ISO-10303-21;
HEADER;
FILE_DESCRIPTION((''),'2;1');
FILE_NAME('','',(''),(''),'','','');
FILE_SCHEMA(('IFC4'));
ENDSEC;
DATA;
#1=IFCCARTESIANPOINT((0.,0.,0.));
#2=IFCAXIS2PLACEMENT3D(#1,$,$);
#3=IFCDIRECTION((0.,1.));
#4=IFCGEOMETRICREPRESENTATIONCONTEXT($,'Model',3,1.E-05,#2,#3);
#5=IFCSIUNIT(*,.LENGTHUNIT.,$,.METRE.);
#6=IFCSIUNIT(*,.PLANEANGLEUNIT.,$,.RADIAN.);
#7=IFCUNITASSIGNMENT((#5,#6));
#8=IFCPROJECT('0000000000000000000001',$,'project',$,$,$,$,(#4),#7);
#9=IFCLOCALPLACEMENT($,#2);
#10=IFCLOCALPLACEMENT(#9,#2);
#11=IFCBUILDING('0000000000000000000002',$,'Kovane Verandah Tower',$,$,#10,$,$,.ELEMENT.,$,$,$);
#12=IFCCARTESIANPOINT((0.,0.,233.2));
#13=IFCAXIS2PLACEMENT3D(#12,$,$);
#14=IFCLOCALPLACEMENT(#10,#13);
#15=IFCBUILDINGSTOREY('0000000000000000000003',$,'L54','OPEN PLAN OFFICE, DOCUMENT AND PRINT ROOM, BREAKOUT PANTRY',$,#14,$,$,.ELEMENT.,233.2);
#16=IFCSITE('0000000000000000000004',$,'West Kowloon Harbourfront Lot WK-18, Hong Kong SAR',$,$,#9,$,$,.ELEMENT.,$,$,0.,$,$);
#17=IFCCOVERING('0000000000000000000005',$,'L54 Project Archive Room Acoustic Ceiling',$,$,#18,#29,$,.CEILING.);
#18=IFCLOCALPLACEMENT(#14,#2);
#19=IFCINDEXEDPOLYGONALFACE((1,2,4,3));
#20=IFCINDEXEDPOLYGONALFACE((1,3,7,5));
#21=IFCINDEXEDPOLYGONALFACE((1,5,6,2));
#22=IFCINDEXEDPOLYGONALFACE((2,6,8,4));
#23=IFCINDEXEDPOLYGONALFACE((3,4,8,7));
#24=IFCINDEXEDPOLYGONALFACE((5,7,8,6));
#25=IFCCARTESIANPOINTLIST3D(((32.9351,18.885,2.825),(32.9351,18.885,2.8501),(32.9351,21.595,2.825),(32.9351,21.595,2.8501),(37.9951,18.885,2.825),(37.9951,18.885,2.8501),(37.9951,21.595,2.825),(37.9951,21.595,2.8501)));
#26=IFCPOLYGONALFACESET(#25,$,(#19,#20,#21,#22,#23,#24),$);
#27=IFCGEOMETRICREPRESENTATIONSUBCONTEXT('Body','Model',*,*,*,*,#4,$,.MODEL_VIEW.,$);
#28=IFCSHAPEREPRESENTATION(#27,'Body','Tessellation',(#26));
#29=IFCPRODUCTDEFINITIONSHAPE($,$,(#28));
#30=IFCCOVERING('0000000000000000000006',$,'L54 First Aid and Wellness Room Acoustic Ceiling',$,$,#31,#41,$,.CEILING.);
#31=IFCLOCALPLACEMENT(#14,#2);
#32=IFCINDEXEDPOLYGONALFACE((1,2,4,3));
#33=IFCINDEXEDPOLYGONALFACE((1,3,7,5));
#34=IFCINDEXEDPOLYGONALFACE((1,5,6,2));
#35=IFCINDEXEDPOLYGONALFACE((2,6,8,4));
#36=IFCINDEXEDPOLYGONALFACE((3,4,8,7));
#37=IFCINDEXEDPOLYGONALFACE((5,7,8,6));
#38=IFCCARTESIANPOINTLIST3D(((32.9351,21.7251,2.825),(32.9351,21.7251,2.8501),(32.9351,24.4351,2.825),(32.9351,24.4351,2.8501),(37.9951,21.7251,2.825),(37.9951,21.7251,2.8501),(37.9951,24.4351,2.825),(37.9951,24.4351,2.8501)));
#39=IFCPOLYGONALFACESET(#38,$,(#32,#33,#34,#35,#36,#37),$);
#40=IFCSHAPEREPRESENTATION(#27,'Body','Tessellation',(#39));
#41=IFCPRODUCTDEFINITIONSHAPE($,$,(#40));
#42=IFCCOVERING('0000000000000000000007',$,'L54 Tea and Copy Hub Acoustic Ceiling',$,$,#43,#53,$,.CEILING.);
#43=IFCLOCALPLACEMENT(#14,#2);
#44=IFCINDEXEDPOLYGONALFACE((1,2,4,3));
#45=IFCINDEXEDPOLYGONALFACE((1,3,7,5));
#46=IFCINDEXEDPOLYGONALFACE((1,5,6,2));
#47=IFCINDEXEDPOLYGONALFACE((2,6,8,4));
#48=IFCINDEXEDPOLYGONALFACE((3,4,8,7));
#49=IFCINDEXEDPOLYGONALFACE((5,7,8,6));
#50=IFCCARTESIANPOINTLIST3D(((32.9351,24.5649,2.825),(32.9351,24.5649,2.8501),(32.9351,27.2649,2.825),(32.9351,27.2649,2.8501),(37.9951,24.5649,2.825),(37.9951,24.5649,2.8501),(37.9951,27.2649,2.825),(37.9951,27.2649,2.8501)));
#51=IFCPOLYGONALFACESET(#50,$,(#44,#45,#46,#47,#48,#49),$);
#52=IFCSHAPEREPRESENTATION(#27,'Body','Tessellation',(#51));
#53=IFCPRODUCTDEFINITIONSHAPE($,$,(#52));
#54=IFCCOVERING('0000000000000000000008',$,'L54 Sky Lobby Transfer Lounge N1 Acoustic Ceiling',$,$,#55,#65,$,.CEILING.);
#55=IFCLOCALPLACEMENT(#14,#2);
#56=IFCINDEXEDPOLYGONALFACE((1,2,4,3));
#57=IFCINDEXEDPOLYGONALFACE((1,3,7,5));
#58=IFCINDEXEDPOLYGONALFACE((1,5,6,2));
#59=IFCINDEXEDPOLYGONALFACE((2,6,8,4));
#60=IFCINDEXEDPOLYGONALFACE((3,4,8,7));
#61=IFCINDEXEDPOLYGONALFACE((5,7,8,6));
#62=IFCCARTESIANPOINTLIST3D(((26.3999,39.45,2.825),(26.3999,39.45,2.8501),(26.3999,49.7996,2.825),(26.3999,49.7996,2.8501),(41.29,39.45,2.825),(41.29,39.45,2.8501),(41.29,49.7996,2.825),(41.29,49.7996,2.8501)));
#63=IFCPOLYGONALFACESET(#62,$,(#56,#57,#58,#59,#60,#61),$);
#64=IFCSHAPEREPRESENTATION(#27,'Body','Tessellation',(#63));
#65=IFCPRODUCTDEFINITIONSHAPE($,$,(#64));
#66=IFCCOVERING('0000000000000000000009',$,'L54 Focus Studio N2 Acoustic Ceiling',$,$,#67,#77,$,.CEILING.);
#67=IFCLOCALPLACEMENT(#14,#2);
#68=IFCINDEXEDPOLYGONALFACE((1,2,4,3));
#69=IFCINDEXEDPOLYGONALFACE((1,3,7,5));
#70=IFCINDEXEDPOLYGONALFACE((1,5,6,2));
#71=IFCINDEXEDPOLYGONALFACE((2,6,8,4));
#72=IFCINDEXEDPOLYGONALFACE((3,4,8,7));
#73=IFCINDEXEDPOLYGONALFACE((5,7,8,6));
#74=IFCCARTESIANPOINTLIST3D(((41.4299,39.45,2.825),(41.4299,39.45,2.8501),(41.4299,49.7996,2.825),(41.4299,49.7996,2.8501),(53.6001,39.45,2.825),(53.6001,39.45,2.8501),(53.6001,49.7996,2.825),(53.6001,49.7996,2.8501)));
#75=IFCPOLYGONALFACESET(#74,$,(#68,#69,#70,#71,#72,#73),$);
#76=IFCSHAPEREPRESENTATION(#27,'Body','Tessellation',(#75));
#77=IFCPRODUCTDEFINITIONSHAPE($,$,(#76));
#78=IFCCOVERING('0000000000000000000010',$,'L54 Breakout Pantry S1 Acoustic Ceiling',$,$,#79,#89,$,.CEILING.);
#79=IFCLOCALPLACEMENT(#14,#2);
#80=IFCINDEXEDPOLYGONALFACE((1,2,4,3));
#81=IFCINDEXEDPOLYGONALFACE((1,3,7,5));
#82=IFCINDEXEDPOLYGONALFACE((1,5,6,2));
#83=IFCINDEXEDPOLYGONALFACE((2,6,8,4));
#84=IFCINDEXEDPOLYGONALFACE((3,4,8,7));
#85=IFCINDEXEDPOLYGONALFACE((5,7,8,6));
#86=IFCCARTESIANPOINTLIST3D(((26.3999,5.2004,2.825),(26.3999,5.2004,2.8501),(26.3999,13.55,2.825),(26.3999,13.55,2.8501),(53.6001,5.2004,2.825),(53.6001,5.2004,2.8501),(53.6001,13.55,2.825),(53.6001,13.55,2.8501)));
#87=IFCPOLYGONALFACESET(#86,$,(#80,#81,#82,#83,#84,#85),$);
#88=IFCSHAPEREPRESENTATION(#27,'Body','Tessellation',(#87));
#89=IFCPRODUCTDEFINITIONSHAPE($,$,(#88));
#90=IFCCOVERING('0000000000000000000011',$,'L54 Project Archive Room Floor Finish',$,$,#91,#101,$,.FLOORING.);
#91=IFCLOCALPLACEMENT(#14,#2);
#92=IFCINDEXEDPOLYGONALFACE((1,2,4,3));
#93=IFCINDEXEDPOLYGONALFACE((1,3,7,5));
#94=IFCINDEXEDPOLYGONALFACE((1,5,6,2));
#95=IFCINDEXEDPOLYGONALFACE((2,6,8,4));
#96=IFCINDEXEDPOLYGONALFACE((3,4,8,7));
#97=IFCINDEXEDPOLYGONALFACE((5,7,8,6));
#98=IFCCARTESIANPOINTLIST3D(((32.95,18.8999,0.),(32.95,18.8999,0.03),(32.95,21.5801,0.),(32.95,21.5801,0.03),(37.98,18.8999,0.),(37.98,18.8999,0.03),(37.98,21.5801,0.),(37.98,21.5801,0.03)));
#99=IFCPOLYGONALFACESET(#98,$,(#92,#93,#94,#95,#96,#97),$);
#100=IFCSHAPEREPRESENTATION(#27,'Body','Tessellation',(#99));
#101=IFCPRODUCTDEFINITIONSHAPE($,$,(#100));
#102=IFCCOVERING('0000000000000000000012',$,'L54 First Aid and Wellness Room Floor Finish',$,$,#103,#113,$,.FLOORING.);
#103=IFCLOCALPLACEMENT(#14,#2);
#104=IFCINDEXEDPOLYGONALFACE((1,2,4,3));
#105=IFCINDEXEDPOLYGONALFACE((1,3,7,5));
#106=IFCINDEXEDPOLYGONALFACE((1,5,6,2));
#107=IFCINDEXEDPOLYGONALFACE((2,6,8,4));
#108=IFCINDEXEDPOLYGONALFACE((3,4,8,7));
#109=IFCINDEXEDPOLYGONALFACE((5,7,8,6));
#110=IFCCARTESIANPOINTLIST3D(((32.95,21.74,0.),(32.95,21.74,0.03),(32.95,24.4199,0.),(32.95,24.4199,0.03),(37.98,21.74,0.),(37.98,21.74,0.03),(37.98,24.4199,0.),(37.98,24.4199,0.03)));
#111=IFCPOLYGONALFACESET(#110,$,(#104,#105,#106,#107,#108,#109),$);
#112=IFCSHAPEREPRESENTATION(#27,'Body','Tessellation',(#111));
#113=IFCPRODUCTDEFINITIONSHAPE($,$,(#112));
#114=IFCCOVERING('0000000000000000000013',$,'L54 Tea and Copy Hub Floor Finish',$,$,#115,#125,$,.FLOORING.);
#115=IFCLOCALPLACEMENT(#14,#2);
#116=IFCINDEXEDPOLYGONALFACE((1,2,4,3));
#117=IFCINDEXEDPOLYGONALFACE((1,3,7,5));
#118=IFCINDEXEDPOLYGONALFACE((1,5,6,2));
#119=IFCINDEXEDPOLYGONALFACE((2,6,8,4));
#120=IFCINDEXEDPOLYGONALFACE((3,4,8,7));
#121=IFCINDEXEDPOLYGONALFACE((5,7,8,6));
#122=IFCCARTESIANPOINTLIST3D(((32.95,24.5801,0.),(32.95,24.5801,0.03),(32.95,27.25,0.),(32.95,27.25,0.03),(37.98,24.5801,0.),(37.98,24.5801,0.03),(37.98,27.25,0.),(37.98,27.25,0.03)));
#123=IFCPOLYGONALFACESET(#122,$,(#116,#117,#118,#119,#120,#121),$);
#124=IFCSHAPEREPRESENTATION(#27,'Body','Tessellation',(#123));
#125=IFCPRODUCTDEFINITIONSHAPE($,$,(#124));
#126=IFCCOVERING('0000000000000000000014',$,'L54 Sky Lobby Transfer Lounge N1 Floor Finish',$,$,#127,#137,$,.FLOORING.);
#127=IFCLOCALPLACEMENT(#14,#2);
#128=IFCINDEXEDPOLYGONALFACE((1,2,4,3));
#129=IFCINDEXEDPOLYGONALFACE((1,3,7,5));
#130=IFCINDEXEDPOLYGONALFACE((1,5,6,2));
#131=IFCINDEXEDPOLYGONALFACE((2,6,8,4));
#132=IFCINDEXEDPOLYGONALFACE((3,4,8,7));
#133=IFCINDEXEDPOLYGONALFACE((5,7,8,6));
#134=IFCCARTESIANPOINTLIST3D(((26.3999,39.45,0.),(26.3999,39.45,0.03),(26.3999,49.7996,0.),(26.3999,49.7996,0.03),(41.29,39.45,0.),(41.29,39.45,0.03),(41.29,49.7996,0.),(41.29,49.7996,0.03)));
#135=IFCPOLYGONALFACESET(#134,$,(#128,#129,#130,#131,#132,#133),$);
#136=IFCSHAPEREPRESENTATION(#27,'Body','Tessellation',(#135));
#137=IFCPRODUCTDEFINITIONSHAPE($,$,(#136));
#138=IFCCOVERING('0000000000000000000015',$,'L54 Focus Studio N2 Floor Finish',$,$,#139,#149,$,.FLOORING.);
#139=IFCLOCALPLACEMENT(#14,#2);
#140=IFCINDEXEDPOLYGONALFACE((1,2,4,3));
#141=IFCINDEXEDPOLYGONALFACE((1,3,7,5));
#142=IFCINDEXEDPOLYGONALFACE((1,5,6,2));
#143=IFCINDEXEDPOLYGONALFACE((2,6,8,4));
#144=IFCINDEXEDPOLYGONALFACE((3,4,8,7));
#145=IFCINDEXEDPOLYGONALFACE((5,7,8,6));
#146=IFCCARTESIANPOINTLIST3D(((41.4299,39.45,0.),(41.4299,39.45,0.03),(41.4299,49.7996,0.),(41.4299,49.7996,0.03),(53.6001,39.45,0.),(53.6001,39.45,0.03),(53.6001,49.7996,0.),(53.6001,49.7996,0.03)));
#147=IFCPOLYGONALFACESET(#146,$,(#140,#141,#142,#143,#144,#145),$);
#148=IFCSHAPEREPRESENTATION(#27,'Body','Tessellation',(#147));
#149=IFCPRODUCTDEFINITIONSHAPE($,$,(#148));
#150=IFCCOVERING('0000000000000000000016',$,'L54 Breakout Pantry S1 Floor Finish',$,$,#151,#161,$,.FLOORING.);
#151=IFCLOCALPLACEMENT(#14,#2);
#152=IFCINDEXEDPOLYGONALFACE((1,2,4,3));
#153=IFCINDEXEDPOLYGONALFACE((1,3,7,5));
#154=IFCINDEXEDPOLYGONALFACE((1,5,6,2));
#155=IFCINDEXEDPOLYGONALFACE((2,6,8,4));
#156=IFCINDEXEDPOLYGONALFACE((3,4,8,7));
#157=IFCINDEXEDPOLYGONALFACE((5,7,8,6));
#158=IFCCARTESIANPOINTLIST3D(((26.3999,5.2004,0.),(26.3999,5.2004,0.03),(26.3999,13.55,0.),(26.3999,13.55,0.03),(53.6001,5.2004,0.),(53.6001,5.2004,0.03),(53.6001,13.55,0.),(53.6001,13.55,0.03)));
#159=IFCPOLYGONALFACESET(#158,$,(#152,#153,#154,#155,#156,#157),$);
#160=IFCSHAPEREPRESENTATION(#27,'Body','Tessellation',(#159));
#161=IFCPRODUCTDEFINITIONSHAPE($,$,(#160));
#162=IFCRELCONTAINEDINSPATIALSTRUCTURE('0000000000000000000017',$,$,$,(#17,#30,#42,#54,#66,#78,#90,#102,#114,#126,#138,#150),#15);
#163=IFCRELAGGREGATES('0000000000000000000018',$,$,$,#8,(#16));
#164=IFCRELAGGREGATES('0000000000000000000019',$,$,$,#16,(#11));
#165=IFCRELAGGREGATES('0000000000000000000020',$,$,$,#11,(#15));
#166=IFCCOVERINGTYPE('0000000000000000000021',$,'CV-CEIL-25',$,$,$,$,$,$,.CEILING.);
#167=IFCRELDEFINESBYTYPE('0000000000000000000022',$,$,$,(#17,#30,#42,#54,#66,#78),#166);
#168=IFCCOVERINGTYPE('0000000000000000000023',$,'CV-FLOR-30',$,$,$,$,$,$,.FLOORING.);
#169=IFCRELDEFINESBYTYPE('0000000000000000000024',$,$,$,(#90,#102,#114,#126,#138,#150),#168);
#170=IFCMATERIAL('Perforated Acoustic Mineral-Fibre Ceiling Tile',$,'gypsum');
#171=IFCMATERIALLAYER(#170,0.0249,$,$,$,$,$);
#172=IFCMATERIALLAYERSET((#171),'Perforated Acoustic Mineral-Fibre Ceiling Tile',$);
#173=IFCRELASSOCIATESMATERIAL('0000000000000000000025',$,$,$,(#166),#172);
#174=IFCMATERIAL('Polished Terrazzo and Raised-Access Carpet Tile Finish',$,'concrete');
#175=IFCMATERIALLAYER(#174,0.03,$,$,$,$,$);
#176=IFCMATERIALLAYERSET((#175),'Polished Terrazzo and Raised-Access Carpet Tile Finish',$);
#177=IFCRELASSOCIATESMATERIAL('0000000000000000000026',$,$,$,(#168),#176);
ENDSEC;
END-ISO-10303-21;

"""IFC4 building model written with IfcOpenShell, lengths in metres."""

from ifc_helpers import new_model, si_unit, direction, frame, origin, place, context, subcontext, project, spatial, polyline, outline, extrude, material, layer, layer_set, type_object, element, save


model = new_model("IFC4")

# Units and contexts
model_context = context("Model", 3, precision=1e-05, world=origin(), true_north=direction((0.0, 1.0)))
body_context = subcontext(model_context, "Body", "Model", "MODEL_VIEW")
ifc_project = project(units=[si_unit("LENGTHUNIT", "METRE"), si_unit("PLANEANGLEUNIT", "RADIAN")], contexts=[model_context])

# Site, building, storey
site_placement = place(None, origin())
site = spatial("IfcSite", under=ifc_project, at=site_placement, Name="West Kowloon Harbourfront Lot WK-18, Hong Kong SAR", CompositionType="ELEMENT", RefElevation=0.0)
building_placement = place(site_placement, origin())
building = spatial("IfcBuilding", under=site, at=building_placement, Name="Kovane Verandah Tower", CompositionType="ELEMENT")
storey_placement = place(building_placement, frame((0.0, 0.0, 233.2)))
storey = spatial("IfcBuildingStorey", under=building, at=storey_placement, Name="L54", Description="OPEN PLAN OFFICE, DOCUMENT AND PRINT ROOM, BREAKOUT PANTRY", CompositionType="ELEMENT", Elevation=233.2)

# Coverings
ifc_material_1 = material(Name="Perforated Acoustic Mineral-Fibre Ceiling Tile", Category="gypsum")
ifc_layer_1 = layer(ifc_material_1, 0.0249)
ifc_layer_set_1 = layer_set([ifc_layer_1], Name="Perforated Acoustic Mineral-Fibre Ceiling Tile")
covering_type_1 = type_object("IfcCoveringType", Name="CV-CEIL-25", PredefinedType="CEILING", material=ifc_layer_set_1)
covering_1_placement = place(storey_placement, frame((0.0, 0.0, 2.825)))
element("IfcCovering", 1, at=covering_1_placement, inside=storey, type_object=covering_type_1, Name="L54 Project Archive Room Acoustic Ceiling", PredefinedType="CEILING", context=body_context, shape_type="SweptSolid", body=[
    extrude(outline(polyline([(32.9351, 18.885), (37.9951, 18.885), (37.9951, 21.595), (32.9351, 21.595), (32.9351, 18.885)])), origin(), (0.0, 0.0, 1.0), 0.0251),
])
covering_2_placement = place(storey_placement, frame((0.0, 0.0, 2.825)))
element("IfcCovering", 2, at=covering_2_placement, inside=storey, type_object=covering_type_1, Name="L54 First Aid and Wellness Room Acoustic Ceiling", PredefinedType="CEILING", context=body_context, shape_type="SweptSolid", body=[
    extrude(outline(polyline([(32.9351, 21.7251), (37.9951, 21.7251), (37.9951, 24.4351), (32.9351, 24.4351), (32.9351, 21.7251)])), origin(), (0.0, 0.0, 1.0), 0.0251),
])
covering_3_placement = place(storey_placement, frame((0.0, 0.0, 2.825)))
element("IfcCovering", 3, at=covering_3_placement, inside=storey, type_object=covering_type_1, Name="L54 Tea and Copy Hub Acoustic Ceiling", PredefinedType="CEILING", context=body_context, shape_type="SweptSolid", body=[
    extrude(outline(polyline([(32.9351, 24.5649), (37.9951, 24.5649), (37.9951, 27.2649), (32.9351, 27.2649), (32.9351, 24.5649)])), origin(), (0.0, 0.0, 1.0), 0.0251),
])
covering_4_placement = place(storey_placement, frame((0.0, 0.0, 2.825)))
element("IfcCovering", 4, at=covering_4_placement, inside=storey, type_object=covering_type_1, Name="L54 Sky Lobby Transfer Lounge N1 Acoustic Ceiling", PredefinedType="CEILING", context=body_context, shape_type="SweptSolid", body=[
    extrude(outline(polyline([(26.3999, 39.45), (41.29, 39.45), (41.29, 49.7996), (26.3999, 49.7996), (26.3999, 39.45)])), origin(), (0.0, 0.0, 1.0), 0.0251),
])
covering_5_placement = place(storey_placement, frame((0.0, 0.0, 2.825)))
element("IfcCovering", 5, at=covering_5_placement, inside=storey, type_object=covering_type_1, Name="L54 Focus Studio N2 Acoustic Ceiling", PredefinedType="CEILING", context=body_context, shape_type="SweptSolid", body=[
    extrude(outline(polyline([(41.4299, 39.45), (53.6001, 39.45), (53.6001, 49.7996), (41.4299, 49.7996), (41.4299, 39.45)])), origin(), (0.0, 0.0, 1.0), 0.0251),
])
covering_6_placement = place(storey_placement, frame((0.0, 0.0, 2.825)))
element("IfcCovering", 6, at=covering_6_placement, inside=storey, type_object=covering_type_1, Name="L54 Breakout Pantry S1 Acoustic Ceiling", PredefinedType="CEILING", context=body_context, shape_type="SweptSolid", body=[
    extrude(outline(polyline([(26.3999, 5.2004), (53.6001, 5.2004), (53.6001, 13.55), (26.3999, 13.55), (26.3999, 5.2004)])), origin(), (0.0, 0.0, 1.0), 0.0251),
])
ifc_material_2 = material(Name="Polished Terrazzo and Raised-Access Carpet Tile Finish", Category="concrete")
ifc_layer_2 = layer(ifc_material_2, 0.03)
ifc_layer_set_2 = layer_set([ifc_layer_2], Name="Polished Terrazzo and Raised-Access Carpet Tile Finish")
covering_type_2 = type_object("IfcCoveringType", Name="CV-FLOR-30", PredefinedType="FLOORING", material=ifc_layer_set_2)
covering_7_placement = place(storey_placement, origin())
element("IfcCovering", 7, at=covering_7_placement, inside=storey, type_object=covering_type_2, Name="L54 Project Archive Room Floor Finish", PredefinedType="FLOORING", context=body_context, shape_type="SweptSolid", body=[
    extrude(outline(polyline([(32.95, 18.8999), (37.98, 18.8999), (37.98, 21.5801), (32.95, 21.5801), (32.95, 18.8999)])), origin(), (0.0, 0.0, 1.0), 0.03),
])
covering_8_placement = place(storey_placement, origin())
element("IfcCovering", 8, at=covering_8_placement, inside=storey, type_object=covering_type_2, Name="L54 First Aid and Wellness Room Floor Finish", PredefinedType="FLOORING", context=body_context, shape_type="SweptSolid", body=[
    extrude(outline(polyline([(32.95, 21.74), (37.98, 21.74), (37.98, 24.4199), (32.95, 24.4199), (32.95, 21.74)])), origin(), (0.0, 0.0, 1.0), 0.03),
])
covering_9_placement = place(storey_placement, origin())
element("IfcCovering", 9, at=covering_9_placement, inside=storey, type_object=covering_type_2, Name="L54 Tea and Copy Hub Floor Finish", PredefinedType="FLOORING", context=body_context, shape_type="SweptSolid", body=[
    extrude(outline(polyline([(32.95, 24.5801), (37.98, 24.5801), (37.98, 27.25), (32.95, 27.25), (32.95, 24.5801)])), origin(), (0.0, 0.0, 1.0), 0.03),
])
covering_10_placement = place(storey_placement, origin())
element("IfcCovering", 10, at=covering_10_placement, inside=storey, type_object=covering_type_2, Name="L54 Sky Lobby Transfer Lounge N1 Floor Finish", PredefinedType="FLOORING", context=body_context, shape_type="SweptSolid", body=[
    extrude(outline(polyline([(26.3999, 39.45), (41.29, 39.45), (41.29, 49.7996), (26.3999, 49.7996), (26.3999, 39.45)])), origin(), (0.0, 0.0, 1.0), 0.03),
])
covering_11_placement = place(storey_placement, origin())
element("IfcCovering", 11, at=covering_11_placement, inside=storey, type_object=covering_type_2, Name="L54 Focus Studio N2 Floor Finish", PredefinedType="FLOORING", context=body_context, shape_type="SweptSolid", body=[
    extrude(outline(polyline([(41.4299, 39.45), (53.6001, 39.45), (53.6001, 49.7996), (41.4299, 49.7996), (41.4299, 39.45)])), origin(), (0.0, 0.0, 1.0), 0.03),
])
covering_12_placement = place(storey_placement, origin())
element("IfcCovering", 12, at=covering_12_placement, inside=storey, type_object=covering_type_2, Name="L54 Breakout Pantry S1 Floor Finish", PredefinedType="FLOORING", context=body_context, shape_type="SweptSolid", body=[
    extrude(outline(polyline([(26.3999, 5.2004), (53.6001, 5.2004), (53.6001, 13.55), (26.3999, 13.55), (26.3999, 5.2004)])), origin(), (0.0, 0.0, 1.0), 0.03),
])

save(model, "model.ifc")
